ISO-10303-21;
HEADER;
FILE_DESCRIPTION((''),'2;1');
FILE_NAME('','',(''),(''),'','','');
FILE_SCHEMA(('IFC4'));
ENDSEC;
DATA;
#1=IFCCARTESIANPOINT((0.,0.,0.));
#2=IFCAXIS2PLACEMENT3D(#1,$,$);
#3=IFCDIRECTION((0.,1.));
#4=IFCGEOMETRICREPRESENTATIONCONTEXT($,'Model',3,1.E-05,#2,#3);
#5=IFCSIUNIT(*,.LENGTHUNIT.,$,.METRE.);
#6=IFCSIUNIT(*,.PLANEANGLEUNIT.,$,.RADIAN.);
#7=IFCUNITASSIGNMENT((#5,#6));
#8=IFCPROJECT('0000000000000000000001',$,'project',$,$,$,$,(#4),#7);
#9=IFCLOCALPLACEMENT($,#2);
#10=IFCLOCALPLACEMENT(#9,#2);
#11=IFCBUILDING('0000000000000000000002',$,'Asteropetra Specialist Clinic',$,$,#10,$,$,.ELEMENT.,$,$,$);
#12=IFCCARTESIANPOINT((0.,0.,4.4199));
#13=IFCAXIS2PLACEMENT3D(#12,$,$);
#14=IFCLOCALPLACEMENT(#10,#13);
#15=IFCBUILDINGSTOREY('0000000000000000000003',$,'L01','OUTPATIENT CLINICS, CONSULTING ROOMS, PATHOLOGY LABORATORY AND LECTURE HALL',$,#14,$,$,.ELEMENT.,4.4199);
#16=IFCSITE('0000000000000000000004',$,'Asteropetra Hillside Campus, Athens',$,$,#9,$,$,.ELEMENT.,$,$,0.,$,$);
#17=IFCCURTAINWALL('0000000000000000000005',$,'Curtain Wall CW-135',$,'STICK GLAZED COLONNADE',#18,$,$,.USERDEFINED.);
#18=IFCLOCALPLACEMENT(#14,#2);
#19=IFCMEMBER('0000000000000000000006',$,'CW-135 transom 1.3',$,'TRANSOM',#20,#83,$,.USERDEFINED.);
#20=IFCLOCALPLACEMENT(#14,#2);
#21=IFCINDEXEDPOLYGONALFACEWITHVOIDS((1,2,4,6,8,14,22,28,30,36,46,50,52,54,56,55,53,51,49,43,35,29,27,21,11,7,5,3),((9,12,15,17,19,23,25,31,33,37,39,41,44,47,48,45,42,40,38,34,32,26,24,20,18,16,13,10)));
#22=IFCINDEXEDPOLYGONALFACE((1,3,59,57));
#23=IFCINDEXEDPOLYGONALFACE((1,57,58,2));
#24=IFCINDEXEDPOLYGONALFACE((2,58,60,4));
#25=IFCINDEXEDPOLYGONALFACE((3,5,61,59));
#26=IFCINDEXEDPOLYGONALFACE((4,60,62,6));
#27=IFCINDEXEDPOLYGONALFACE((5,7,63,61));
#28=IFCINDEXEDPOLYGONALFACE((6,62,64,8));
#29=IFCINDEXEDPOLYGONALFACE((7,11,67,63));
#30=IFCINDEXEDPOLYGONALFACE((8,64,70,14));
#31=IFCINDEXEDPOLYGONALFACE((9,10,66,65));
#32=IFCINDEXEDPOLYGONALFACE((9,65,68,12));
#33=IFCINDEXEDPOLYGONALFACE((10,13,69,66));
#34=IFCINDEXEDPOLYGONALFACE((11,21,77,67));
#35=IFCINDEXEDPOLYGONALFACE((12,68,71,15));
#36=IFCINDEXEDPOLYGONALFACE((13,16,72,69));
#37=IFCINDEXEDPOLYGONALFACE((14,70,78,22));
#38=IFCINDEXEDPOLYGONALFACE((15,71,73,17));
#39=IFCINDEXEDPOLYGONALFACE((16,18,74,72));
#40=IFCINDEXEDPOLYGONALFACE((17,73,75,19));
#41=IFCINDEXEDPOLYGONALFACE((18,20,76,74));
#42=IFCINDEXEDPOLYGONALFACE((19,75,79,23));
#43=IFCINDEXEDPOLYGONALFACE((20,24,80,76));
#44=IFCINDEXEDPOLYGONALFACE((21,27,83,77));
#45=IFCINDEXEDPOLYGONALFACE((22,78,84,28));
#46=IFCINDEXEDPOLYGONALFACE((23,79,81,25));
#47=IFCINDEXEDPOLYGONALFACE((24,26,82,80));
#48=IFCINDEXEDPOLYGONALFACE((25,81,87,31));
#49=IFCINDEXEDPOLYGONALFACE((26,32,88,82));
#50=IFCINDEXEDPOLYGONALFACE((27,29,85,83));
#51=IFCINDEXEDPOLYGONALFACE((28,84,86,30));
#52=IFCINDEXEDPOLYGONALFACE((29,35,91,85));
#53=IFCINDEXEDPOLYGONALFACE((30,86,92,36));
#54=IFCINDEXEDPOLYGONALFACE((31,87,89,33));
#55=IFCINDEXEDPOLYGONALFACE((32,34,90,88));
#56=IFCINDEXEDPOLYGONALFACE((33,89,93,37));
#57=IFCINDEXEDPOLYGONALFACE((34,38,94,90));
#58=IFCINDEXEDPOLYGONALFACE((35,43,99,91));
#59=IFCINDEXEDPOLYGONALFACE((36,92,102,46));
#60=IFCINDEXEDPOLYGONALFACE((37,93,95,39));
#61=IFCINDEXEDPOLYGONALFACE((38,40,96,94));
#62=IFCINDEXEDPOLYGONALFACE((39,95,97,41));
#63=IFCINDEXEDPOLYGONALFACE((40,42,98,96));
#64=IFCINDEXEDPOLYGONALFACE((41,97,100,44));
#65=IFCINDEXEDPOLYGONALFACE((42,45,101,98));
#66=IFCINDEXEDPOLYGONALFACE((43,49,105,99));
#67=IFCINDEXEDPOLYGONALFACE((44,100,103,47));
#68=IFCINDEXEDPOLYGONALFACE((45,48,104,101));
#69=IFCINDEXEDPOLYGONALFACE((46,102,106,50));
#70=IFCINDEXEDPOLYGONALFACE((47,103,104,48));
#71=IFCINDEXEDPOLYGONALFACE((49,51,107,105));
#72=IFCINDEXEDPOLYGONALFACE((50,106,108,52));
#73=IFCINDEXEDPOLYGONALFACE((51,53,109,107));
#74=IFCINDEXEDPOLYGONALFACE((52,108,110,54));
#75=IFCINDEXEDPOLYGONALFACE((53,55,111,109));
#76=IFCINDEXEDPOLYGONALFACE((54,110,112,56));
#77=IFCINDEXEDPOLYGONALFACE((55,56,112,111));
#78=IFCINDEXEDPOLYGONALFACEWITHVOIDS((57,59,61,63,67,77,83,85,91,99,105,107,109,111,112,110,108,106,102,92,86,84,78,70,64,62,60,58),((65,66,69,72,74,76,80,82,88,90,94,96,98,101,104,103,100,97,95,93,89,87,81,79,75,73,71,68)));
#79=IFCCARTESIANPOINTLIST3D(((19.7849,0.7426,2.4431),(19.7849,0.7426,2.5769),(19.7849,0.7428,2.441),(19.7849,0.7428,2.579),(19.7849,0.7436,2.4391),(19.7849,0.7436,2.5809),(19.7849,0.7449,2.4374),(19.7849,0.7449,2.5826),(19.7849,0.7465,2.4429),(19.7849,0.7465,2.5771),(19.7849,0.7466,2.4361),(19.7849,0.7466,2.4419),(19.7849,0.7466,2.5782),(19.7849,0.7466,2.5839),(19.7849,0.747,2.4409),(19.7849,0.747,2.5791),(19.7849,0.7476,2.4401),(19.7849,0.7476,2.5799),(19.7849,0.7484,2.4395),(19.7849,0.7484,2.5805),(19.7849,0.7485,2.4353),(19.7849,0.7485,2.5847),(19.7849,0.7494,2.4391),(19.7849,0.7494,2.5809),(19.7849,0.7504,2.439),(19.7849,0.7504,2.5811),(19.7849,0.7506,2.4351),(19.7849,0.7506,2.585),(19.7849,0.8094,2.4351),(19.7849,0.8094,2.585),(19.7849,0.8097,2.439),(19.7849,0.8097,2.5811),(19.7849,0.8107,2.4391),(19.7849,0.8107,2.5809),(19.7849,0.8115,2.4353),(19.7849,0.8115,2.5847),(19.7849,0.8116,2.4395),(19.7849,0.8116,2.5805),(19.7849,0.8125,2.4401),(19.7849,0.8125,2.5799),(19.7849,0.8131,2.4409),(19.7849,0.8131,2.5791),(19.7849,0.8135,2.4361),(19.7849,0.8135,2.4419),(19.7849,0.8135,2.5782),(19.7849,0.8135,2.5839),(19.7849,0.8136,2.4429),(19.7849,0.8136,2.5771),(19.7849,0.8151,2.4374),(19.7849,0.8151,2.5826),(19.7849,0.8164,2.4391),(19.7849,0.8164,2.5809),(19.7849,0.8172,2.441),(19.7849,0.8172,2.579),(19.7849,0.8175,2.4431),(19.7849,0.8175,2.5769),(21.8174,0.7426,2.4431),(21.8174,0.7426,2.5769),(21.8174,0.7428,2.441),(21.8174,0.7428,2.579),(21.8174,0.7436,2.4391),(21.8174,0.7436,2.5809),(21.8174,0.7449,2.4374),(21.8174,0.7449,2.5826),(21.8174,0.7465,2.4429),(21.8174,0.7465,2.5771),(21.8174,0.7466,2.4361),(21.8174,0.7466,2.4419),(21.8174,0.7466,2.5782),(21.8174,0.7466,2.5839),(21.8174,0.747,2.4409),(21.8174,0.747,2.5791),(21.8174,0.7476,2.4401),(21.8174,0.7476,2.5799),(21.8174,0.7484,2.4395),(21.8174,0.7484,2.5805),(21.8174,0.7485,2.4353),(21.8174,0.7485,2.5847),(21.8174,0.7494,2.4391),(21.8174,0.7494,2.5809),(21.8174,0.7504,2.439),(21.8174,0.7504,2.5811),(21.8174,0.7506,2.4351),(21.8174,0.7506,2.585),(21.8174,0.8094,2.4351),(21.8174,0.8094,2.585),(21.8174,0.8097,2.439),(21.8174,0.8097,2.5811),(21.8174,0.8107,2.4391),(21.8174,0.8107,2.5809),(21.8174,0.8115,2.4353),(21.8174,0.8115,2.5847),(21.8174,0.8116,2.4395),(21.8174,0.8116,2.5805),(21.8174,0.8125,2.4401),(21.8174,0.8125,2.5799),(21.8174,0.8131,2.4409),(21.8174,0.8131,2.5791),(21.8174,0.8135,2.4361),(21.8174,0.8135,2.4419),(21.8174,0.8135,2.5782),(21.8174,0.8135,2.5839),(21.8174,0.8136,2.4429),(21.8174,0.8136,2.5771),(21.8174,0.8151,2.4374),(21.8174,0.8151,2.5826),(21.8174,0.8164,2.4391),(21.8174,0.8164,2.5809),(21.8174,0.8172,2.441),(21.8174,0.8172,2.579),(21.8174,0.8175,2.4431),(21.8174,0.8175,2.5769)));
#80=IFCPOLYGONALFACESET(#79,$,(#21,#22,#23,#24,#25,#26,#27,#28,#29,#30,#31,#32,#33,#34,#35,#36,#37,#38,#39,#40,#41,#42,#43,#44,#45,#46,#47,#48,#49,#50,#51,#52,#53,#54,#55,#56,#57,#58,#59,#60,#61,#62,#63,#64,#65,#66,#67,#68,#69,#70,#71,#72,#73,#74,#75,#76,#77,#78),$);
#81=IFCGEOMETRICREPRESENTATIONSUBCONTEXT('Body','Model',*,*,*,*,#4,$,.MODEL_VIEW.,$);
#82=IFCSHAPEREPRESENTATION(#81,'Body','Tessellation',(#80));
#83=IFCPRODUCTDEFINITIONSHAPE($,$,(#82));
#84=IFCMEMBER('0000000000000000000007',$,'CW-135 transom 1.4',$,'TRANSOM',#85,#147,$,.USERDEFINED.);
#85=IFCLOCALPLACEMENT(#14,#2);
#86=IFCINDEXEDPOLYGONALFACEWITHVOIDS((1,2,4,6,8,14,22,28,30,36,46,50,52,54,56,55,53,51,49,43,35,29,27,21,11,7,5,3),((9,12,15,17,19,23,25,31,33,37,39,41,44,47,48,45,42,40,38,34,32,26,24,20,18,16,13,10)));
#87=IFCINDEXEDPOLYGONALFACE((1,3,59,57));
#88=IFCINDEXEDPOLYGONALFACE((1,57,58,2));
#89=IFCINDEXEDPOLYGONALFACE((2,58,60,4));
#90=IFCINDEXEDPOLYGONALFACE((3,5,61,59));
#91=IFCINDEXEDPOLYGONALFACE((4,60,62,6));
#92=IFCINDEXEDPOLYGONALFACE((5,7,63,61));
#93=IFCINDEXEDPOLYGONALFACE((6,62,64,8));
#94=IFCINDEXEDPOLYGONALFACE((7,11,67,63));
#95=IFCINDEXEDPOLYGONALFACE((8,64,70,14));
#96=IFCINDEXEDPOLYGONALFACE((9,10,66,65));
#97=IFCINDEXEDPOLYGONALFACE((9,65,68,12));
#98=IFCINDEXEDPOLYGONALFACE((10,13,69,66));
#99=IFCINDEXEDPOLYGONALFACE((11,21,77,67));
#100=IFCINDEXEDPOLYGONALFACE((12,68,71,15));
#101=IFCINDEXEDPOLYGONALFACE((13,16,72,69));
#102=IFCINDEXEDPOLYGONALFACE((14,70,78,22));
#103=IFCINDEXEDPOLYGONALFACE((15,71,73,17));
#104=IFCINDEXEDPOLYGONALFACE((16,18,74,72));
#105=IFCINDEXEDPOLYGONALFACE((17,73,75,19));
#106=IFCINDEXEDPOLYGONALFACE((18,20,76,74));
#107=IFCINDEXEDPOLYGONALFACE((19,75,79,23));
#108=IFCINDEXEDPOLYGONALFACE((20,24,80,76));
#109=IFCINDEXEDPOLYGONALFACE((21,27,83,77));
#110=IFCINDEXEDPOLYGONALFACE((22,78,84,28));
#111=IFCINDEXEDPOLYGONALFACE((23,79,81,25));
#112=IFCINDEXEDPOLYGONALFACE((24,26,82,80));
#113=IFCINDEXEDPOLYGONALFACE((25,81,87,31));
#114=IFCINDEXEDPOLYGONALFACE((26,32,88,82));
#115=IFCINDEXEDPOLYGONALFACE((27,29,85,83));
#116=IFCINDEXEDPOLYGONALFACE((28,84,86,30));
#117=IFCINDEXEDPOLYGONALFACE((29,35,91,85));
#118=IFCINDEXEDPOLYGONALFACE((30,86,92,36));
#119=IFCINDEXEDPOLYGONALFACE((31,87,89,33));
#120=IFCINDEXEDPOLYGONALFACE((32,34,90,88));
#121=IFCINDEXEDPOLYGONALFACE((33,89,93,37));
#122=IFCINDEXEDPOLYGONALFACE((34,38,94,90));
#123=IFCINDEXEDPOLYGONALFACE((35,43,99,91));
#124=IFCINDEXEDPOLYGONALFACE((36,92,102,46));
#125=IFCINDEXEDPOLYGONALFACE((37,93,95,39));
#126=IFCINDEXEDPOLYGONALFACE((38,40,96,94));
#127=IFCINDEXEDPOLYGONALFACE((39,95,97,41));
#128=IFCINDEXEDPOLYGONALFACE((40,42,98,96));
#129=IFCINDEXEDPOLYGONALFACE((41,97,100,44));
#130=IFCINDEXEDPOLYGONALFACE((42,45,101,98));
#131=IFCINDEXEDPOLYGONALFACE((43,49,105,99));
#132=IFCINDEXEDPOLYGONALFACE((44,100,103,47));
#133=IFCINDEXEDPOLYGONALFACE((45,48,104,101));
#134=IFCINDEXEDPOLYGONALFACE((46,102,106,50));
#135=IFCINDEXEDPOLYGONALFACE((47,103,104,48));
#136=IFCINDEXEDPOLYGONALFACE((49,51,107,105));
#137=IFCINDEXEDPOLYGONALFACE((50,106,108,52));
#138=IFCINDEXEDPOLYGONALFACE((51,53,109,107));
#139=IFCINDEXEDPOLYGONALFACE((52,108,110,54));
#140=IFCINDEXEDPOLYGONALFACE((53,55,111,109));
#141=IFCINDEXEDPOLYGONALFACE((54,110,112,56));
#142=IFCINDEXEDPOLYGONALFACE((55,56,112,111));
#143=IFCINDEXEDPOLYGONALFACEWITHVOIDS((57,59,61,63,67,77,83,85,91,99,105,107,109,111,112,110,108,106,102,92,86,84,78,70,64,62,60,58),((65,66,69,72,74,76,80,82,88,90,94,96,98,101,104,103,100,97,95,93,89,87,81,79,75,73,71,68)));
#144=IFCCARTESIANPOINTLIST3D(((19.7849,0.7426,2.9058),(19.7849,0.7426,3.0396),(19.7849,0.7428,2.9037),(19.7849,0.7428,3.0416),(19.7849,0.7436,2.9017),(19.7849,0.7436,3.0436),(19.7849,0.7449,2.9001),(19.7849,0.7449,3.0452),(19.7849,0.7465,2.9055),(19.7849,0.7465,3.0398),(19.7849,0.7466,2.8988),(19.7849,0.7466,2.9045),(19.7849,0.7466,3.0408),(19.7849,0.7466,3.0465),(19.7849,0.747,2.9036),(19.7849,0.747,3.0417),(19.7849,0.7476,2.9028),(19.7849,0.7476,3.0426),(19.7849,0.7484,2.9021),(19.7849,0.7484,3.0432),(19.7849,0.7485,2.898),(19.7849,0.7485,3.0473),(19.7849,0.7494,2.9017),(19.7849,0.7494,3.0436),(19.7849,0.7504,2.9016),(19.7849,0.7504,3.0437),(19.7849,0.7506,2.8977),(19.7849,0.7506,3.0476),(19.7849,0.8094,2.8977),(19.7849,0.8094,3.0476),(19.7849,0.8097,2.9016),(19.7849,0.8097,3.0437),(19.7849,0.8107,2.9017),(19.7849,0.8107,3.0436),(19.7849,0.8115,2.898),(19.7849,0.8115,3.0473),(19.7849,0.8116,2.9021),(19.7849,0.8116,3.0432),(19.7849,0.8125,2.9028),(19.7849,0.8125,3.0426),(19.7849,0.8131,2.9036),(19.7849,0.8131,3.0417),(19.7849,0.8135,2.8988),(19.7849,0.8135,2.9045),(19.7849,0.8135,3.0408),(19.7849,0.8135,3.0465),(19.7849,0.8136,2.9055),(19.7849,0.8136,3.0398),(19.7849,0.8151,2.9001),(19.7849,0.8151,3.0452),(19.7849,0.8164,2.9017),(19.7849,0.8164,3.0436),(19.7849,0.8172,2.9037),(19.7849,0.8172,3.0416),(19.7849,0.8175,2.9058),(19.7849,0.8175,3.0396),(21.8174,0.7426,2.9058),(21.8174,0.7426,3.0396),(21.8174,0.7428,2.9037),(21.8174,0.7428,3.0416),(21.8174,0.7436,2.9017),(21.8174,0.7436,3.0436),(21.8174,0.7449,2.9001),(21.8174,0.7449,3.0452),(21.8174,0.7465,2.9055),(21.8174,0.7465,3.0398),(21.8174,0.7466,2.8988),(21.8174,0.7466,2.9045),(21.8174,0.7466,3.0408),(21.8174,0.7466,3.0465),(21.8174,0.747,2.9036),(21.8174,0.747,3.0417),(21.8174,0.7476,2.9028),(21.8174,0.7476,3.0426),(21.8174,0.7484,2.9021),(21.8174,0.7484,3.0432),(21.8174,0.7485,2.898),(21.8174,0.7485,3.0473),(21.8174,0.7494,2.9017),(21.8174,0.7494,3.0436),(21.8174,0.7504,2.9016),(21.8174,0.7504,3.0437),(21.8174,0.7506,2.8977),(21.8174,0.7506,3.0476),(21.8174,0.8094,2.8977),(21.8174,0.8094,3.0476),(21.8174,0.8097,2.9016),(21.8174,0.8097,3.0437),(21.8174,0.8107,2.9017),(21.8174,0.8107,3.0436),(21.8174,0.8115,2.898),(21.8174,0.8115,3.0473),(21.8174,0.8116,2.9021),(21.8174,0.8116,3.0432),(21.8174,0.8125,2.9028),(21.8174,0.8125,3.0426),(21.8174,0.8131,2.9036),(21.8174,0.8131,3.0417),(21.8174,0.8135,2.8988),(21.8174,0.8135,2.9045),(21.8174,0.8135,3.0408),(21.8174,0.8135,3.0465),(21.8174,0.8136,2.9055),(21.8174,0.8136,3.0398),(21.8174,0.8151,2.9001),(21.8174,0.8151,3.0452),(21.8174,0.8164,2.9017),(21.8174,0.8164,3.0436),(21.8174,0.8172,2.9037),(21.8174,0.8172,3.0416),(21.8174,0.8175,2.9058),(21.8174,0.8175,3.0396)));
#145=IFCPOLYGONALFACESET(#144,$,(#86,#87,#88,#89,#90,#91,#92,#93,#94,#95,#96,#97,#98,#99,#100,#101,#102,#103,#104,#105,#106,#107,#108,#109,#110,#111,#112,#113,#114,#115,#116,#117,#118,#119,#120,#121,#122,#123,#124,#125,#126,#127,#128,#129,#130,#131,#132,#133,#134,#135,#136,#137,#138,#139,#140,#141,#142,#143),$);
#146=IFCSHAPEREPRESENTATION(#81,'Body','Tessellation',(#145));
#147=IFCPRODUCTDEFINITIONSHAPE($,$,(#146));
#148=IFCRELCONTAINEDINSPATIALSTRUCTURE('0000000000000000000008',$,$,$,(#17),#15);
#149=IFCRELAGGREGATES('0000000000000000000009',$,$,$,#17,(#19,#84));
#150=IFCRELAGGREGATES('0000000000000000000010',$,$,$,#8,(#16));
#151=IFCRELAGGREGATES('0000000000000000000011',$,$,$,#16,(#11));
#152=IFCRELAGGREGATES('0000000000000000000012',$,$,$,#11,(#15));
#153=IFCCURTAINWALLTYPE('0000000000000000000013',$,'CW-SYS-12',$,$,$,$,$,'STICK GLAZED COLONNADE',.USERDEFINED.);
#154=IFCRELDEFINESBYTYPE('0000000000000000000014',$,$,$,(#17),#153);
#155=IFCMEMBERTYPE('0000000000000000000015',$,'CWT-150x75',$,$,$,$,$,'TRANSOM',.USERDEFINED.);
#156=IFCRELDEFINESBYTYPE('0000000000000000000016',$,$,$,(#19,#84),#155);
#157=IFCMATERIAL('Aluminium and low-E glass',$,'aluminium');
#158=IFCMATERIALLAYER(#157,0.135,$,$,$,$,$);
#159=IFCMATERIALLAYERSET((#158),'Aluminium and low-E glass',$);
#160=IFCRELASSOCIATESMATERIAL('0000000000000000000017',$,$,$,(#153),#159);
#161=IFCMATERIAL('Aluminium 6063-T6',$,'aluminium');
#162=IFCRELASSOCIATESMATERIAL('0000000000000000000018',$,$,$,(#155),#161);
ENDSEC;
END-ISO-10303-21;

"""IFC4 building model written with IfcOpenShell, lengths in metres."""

from ifc_helpers import new_model, si_unit, direction, frame, origin, origin_2d, place, context, subcontext, project, spatial, hollow_rectangle, extrude, material, layer, layer_set, material_profile, profile_set, type_object, element, aggregate, save


model = new_model("IFC4")

# Units and contexts
model_context = context("Model", 3, precision=1e-05, world=origin(), true_north=direction((0.0, 1.0)))
body_context = subcontext(model_context, "Body", "Model", "MODEL_VIEW")
ifc_project = project(units=[si_unit("LENGTHUNIT", "METRE"), si_unit("PLANEANGLEUNIT", "RADIAN")], contexts=[model_context])

# Site, building, storey
site_placement = place(None, origin())
site = spatial("IfcSite", under=ifc_project, at=site_placement, Name="Asteropetra Hillside Campus, Athens", CompositionType="ELEMENT", RefElevation=0.0)
building_placement = place(site_placement, origin())
building = spatial("IfcBuilding", under=site, at=building_placement, Name="Asteropetra Specialist Clinic", CompositionType="ELEMENT")
storey_placement = place(building_placement, frame((0.0, 0.0, 4.4199)))
storey = spatial("IfcBuildingStorey", under=building, at=storey_placement, Name="L01", Description="OUTPATIENT CLINICS, CONSULTING ROOMS, PATHOLOGY LABORATORY AND LECTURE HALL", CompositionType="ELEMENT", Elevation=4.4199)

# Curtain wall, members
ifc_material_1 = material(Name="Aluminium and low-E glass", Category="aluminium")
ifc_layer_1 = layer(ifc_material_1, 0.135)
ifc_layer_set_1 = layer_set([ifc_layer_1], Name="Aluminium and low-E glass")
curtain_wall_type_1 = type_object("IfcCurtainWallType", Name="CW-SYS-12", ElementType="STICK GLAZED COLONNADE", PredefinedType="USERDEFINED", material=ifc_layer_set_1)
curtain_wall_1_placement = place(storey_placement, origin())
curtain_wall_1 = element("IfcCurtainWall", 1, at=curtain_wall_1_placement, inside=storey, type_object=curtain_wall_type_1, Name="Curtain Wall CW-135", ObjectType="STICK GLAZED COLONNADE", PredefinedType="USERDEFINED")
ifc_material_2 = material(Name="Aluminium 6063-T6", Category="aluminium")
ifc_material_profile_1 = material_profile(ifc_material_2, hollow_rectangle(XDim=0.075, YDim=0.1499, WallThickness=0.0039, InnerFilletRadius=0.0039, OuterFilletRadius=0.0081, at=origin_2d()), Name="TRN 150x75x4.0")
ifc_profile_set_1 = profile_set([ifc_material_profile_1], Name="Aluminium 6063-T6")
member_type_1 = type_object("IfcMemberType", Name="CWT-150x75", ElementType="TRANSOM", PredefinedType="USERDEFINED", material=ifc_profile_set_1)
member_1_placement = place(storey_placement, frame((19.7849, 0.78, 2.51), z_axis=(1.0, 0.0, 0.0), x_axis=(0.0, 1.0, 0.0)))
member_1 = element("IfcMember", 2, at=member_1_placement, type_object=member_type_1, Name="CW-135 transom 1.3", ObjectType="TRANSOM", PredefinedType="USERDEFINED", context=body_context, shape_type="SweptSolid", body=[
    extrude(hollow_rectangle(XDim=0.075, YDim=0.1499, WallThickness=0.0039, InnerFilletRadius=0.0039, OuterFilletRadius=0.0081, at=origin_2d()), origin(), (0.0, 0.0, 1.0), 2.0325),
])
member_2_placement = place(storey_placement, frame((19.7849, 0.78, 2.9727), z_axis=(1.0, 0.0, 0.0), x_axis=(0.0, 1.0, 0.0)))
member_2 = element("IfcMember", 3, at=member_2_placement, type_object=member_type_1, Name="CW-135 transom 1.4", ObjectType="TRANSOM", PredefinedType="USERDEFINED", context=body_context, shape_type="SweptSolid", body=[
    extrude(hollow_rectangle(XDim=0.075, YDim=0.1499, WallThickness=0.0039, InnerFilletRadius=0.0039, OuterFilletRadius=0.0081, at=origin_2d()), origin(), (0.0, 0.0, 1.0), 2.0325),
])

aggregate(curtain_wall_1, [member_1, member_2])

save(model, "model.ifc")
